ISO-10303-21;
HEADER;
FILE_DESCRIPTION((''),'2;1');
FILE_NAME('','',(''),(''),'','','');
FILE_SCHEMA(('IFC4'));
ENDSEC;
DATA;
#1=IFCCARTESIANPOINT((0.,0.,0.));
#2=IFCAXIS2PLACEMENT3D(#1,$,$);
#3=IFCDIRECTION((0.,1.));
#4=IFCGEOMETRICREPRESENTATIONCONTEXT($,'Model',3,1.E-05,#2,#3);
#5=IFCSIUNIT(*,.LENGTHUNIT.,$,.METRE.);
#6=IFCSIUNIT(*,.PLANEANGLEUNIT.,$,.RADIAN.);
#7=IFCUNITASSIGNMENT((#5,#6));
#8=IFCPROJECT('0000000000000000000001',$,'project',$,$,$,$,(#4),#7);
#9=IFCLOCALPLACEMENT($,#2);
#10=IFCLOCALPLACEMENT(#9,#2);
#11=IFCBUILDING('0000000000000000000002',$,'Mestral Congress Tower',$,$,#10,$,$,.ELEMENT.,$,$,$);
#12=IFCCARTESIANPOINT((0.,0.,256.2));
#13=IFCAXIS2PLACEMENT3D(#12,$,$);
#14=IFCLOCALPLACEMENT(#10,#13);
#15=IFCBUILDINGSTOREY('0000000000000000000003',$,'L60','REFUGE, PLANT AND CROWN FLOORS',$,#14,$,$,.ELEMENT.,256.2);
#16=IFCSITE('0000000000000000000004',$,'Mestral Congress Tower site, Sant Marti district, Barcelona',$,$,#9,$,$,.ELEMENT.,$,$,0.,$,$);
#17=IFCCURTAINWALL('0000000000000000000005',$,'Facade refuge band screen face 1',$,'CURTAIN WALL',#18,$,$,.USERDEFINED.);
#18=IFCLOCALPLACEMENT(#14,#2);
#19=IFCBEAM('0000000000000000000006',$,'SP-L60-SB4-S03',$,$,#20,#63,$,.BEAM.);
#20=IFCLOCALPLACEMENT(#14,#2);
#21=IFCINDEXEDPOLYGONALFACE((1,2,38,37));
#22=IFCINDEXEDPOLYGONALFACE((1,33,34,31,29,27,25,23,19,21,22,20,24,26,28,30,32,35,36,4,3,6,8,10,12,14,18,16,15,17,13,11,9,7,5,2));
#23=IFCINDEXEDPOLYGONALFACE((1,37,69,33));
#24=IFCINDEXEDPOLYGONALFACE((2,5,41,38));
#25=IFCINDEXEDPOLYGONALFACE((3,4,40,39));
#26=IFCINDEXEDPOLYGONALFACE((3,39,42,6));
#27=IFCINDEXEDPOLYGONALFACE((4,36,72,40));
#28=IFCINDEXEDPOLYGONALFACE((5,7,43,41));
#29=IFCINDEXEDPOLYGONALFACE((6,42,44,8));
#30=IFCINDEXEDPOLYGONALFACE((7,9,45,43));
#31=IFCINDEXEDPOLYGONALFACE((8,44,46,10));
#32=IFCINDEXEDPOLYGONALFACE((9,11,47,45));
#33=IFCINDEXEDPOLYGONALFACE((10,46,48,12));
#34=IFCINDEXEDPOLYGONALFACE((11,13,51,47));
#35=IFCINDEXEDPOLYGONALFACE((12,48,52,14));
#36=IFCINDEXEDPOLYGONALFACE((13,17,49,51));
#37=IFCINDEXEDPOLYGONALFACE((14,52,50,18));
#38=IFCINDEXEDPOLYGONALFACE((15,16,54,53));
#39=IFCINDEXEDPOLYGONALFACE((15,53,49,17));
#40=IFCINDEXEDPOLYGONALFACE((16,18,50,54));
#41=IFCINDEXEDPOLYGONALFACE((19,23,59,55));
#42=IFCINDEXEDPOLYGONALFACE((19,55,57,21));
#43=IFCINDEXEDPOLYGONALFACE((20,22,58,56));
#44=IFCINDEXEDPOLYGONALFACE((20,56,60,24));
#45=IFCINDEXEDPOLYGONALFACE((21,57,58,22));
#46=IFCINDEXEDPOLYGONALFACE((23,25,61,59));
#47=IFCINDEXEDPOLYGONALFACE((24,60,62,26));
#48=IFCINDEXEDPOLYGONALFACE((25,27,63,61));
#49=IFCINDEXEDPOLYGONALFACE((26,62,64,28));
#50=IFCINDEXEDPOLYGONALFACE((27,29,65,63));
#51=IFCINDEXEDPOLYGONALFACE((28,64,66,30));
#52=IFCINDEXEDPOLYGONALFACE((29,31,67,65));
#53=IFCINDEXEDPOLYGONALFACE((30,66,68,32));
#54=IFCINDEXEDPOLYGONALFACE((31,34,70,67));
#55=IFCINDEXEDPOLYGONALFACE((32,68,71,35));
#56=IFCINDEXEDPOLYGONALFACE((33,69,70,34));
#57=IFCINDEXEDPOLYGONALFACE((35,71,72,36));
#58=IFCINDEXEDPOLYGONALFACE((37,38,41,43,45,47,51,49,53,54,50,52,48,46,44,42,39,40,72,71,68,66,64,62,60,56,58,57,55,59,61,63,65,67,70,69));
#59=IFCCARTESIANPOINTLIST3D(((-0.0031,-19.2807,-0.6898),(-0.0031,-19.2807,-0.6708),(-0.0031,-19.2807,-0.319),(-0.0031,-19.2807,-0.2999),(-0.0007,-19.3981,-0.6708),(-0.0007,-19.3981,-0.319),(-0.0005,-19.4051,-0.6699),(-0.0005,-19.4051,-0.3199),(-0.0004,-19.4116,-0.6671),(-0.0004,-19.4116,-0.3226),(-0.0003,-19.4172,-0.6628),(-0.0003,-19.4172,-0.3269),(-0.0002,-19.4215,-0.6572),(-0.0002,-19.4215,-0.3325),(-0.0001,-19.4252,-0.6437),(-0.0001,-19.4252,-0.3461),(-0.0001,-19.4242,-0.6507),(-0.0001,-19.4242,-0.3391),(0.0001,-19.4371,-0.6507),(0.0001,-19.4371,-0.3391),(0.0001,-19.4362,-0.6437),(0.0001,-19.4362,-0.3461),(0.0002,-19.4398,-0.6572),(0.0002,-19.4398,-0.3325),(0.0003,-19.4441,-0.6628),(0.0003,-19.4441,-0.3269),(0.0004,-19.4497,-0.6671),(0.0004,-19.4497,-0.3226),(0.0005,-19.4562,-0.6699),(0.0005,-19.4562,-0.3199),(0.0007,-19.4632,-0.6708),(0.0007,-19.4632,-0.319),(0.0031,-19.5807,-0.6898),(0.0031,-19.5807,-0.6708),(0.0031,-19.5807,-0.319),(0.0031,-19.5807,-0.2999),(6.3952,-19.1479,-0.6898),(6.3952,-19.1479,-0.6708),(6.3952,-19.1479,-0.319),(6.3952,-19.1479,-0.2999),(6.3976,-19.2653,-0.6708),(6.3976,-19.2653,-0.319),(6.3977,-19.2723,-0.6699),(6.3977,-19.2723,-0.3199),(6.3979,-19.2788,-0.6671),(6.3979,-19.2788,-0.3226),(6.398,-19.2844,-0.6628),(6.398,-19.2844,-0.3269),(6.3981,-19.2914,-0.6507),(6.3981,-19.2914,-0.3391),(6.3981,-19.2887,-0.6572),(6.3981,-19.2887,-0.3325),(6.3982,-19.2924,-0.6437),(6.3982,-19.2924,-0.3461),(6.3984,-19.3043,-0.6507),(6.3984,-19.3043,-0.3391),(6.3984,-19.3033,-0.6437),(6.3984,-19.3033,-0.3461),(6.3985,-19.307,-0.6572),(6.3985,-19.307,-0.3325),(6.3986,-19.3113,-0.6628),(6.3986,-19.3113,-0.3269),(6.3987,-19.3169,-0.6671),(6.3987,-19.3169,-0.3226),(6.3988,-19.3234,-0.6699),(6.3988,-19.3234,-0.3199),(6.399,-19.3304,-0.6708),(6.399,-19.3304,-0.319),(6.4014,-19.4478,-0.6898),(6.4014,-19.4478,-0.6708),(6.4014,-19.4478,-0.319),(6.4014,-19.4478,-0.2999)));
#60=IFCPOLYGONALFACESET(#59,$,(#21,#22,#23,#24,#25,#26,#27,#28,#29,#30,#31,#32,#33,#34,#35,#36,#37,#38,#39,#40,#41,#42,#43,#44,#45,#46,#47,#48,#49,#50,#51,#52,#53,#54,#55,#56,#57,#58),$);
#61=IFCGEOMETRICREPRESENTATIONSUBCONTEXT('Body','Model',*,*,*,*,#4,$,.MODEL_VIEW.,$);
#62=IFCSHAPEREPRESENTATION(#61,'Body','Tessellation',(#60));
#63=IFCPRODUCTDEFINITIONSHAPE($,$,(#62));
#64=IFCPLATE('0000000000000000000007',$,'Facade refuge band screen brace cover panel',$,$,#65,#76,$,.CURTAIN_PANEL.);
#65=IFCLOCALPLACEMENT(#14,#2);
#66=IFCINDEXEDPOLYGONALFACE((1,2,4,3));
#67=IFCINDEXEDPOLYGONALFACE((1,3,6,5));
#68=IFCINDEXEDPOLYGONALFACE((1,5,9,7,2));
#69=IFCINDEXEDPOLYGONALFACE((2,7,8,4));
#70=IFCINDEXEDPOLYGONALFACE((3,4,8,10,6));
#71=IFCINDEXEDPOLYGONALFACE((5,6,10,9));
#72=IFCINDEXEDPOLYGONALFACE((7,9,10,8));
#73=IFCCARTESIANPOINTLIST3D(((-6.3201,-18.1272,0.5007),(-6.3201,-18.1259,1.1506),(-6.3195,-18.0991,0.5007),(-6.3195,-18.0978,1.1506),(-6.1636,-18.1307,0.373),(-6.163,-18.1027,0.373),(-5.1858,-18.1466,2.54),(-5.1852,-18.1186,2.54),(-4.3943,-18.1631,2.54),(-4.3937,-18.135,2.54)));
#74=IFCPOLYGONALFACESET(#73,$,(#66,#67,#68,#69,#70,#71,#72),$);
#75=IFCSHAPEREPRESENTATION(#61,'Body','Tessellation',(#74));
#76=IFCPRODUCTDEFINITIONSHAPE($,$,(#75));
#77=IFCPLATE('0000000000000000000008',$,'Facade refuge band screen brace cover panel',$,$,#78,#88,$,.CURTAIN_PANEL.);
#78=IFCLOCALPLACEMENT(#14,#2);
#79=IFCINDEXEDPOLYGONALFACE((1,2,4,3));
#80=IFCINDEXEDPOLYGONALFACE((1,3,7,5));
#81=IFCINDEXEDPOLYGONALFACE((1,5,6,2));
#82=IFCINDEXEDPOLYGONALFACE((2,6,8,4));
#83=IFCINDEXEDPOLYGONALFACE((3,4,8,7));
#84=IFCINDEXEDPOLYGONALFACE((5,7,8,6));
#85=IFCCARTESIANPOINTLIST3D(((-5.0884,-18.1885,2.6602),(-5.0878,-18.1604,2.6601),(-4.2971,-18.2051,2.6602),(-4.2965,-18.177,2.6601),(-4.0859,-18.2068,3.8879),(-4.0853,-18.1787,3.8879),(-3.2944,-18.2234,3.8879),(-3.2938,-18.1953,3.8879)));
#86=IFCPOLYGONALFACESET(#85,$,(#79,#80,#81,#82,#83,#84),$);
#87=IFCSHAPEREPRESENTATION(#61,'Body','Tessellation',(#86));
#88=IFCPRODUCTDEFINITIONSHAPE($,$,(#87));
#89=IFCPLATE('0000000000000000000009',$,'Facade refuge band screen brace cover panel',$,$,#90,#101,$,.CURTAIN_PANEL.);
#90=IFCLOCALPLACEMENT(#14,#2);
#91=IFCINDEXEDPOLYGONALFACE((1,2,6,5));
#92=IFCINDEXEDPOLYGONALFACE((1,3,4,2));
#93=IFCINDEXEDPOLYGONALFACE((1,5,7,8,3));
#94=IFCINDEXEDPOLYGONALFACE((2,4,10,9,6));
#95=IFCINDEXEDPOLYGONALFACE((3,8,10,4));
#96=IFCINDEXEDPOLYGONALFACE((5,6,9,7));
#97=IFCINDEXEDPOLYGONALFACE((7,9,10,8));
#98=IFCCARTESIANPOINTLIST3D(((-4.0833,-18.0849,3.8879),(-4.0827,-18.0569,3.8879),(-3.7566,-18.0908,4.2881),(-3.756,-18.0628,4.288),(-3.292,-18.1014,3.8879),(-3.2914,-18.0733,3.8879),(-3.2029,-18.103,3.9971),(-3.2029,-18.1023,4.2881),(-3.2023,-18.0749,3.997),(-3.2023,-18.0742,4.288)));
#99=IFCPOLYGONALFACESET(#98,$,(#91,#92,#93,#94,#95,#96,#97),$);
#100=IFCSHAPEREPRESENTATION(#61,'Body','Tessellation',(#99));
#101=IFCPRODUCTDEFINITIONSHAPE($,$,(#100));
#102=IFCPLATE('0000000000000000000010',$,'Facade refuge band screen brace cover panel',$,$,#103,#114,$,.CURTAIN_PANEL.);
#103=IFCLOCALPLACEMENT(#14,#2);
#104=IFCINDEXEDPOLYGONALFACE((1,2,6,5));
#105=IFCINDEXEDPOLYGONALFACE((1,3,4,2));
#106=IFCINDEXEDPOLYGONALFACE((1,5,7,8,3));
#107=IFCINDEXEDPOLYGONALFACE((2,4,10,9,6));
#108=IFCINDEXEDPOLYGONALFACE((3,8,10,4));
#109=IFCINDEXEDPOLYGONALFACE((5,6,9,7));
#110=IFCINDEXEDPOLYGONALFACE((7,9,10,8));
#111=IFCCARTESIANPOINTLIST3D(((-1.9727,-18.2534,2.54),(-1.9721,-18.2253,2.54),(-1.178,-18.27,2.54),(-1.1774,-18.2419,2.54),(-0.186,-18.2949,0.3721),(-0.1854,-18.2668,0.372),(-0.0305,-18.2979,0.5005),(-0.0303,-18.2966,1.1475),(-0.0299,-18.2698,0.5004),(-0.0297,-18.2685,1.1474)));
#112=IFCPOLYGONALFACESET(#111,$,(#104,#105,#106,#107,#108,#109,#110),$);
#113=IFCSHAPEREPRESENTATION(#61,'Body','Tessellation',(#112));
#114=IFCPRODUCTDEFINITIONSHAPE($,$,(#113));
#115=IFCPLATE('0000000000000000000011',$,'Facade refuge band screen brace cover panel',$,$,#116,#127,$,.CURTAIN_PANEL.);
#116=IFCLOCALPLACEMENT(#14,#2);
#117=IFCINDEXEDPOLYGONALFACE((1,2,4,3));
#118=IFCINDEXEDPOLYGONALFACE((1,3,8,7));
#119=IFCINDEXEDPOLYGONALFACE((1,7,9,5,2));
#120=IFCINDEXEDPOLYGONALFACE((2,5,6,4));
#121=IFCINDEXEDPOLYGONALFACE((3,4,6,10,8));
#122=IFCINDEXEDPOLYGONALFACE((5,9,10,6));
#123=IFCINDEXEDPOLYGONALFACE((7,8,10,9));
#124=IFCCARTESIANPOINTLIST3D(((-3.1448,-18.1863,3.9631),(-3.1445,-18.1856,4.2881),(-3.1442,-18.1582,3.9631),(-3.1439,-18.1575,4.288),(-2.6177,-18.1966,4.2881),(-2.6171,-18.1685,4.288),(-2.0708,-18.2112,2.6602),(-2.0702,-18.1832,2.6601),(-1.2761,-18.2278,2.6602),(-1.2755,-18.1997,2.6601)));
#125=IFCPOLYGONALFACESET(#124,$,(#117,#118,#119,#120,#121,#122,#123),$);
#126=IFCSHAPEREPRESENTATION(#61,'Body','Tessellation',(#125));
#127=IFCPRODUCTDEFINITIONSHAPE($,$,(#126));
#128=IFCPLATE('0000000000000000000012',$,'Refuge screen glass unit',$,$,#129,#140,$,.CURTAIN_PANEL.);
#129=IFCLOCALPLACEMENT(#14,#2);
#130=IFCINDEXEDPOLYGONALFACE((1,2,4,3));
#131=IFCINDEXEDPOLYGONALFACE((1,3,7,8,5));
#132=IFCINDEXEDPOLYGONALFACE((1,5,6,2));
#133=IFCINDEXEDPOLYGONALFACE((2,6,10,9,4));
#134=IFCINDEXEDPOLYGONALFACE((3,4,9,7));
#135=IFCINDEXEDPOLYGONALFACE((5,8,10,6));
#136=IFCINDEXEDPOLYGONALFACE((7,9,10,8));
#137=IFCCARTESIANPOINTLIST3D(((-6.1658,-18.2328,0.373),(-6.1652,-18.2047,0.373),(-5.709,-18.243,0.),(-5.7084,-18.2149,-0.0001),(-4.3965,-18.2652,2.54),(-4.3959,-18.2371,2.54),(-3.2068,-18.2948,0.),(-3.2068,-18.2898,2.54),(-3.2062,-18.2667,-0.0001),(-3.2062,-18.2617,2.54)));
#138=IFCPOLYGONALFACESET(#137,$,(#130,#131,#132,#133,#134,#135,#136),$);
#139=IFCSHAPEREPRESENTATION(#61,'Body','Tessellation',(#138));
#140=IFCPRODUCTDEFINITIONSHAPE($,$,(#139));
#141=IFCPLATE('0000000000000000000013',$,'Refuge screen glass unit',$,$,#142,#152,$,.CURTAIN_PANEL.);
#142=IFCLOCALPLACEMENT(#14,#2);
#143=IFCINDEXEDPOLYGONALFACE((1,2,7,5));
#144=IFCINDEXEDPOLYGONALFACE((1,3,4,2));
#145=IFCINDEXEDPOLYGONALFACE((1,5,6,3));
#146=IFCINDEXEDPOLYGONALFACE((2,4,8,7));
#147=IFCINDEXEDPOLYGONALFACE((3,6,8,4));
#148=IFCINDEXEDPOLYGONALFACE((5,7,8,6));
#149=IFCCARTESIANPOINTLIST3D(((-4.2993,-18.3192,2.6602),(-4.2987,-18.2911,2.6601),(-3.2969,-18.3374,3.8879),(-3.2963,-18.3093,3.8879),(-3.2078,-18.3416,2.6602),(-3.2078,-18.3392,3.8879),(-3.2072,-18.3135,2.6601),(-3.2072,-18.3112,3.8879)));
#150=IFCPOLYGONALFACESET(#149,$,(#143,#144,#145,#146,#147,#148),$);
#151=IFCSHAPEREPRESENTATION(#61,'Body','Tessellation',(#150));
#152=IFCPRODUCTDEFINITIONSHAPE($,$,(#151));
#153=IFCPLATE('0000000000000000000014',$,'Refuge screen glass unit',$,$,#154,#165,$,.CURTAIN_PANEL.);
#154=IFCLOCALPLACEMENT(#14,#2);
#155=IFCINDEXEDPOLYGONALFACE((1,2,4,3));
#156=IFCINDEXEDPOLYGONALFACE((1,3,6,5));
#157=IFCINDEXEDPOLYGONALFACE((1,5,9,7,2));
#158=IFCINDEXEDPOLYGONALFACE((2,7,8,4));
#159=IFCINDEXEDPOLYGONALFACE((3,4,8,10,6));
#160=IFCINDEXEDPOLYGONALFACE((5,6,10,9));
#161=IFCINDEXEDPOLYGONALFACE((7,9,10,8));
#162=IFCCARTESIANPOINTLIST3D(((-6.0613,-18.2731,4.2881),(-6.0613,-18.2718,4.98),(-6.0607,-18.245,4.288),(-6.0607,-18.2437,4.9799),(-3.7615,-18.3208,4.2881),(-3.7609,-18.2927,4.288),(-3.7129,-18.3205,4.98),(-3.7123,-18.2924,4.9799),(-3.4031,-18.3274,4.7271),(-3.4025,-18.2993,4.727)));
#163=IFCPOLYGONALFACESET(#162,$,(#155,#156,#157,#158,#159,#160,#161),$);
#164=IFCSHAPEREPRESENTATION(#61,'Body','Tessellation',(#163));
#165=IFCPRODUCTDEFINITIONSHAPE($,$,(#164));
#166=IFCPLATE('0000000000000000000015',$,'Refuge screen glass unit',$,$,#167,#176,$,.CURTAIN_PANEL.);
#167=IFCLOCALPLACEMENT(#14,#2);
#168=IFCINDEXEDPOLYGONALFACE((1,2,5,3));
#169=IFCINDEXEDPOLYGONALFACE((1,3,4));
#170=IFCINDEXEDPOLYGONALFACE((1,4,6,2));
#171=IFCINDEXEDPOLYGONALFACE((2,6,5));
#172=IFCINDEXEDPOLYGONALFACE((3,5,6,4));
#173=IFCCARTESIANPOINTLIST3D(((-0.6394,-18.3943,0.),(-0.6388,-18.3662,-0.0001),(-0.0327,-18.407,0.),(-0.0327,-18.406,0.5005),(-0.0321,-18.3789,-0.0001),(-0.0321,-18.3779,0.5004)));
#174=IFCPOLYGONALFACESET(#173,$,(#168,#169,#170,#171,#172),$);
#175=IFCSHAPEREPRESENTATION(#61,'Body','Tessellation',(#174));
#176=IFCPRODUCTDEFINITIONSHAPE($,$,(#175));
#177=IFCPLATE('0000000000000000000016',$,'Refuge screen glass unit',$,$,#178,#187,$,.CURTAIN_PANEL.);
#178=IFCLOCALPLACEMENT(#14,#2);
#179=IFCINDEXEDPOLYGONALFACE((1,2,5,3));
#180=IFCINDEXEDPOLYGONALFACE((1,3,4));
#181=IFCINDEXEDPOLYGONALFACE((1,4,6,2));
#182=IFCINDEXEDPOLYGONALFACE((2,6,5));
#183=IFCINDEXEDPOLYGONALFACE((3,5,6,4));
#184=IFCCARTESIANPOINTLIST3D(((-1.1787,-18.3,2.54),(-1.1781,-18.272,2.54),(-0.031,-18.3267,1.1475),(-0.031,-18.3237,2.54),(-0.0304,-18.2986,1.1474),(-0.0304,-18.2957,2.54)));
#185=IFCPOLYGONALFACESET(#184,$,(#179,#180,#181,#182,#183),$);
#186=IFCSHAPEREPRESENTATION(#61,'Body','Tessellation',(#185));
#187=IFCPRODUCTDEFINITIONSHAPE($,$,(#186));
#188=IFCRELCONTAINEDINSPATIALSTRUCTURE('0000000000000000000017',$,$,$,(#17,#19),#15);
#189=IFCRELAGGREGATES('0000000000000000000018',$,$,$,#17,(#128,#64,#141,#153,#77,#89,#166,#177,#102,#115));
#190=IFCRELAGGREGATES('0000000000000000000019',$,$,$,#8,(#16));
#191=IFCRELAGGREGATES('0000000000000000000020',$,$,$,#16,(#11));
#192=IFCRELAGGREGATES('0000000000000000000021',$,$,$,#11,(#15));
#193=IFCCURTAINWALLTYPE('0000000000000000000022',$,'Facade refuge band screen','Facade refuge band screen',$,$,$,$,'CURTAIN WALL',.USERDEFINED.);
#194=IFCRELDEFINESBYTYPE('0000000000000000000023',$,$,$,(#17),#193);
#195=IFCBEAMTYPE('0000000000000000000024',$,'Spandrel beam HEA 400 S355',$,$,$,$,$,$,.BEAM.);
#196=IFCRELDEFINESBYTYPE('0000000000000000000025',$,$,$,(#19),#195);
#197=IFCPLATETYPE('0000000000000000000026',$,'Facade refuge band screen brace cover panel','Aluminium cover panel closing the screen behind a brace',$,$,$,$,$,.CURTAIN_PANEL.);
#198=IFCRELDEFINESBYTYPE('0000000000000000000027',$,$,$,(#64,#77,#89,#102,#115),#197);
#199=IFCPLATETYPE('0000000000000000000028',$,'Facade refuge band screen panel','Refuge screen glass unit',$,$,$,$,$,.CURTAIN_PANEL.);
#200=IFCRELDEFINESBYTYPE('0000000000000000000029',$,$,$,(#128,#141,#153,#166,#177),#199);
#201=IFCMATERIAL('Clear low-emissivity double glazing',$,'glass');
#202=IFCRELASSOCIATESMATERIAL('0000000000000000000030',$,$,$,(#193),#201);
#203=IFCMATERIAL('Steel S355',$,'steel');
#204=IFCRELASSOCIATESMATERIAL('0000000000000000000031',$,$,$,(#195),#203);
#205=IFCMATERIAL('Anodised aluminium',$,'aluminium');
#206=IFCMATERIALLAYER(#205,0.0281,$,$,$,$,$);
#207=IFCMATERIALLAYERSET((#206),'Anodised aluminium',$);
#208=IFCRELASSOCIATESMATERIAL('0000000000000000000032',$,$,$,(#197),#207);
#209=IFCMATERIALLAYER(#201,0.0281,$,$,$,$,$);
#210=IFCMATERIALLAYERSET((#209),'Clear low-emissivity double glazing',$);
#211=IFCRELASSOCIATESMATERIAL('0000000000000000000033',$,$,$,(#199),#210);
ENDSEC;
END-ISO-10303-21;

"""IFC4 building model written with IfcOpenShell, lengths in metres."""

from ifc_helpers import new_model, si_unit, direction, frame, origin, origin_2d, place, context, subcontext, project, spatial, polyline, i_section, outline, extrude, material, layer, layer_set, material_profile, profile_set, type_object, element, aggregate, save


model = new_model("IFC4")

# Units and contexts
model_context = context("Model", 3, precision=1e-05, world=origin(), true_north=direction((0.0, 1.0)))
body_context = subcontext(model_context, "Body", "Model", "MODEL_VIEW")
ifc_project = project(units=[si_unit("LENGTHUNIT", "METRE"), si_unit("PLANEANGLEUNIT", "RADIAN")], contexts=[model_context])

# Site, building, storey
site_placement = place(None, origin())
site = spatial("IfcSite", under=ifc_project, at=site_placement, Name="Mestral Congress Tower site, Sant Marti district, Barcelona", CompositionType="ELEMENT", RefElevation=0.0)
building_placement = place(site_placement, origin())
building = spatial("IfcBuilding", under=site, at=building_placement, Name="Mestral Congress Tower", CompositionType="ELEMENT")
storey_placement = place(building_placement, frame((0.0, 0.0, 256.2)))
storey = spatial("IfcBuildingStorey", under=building, at=storey_placement, Name="L60", Description="REFUGE, PLANT AND CROWN FLOORS", CompositionType="ELEMENT", Elevation=256.2)

# Shared definitions
ifc_material_1 = material(Name="Steel S355", Category="steel")

# Curtain wall
ifc_material_2 = material(Name="Clear low-emissivity double glazing", Category="glass")
curtain_wall_type = type_object("IfcCurtainWallType", Name="Facade refuge band screen", Description="Facade refuge band screen", ElementType="CURTAIN WALL", PredefinedType="USERDEFINED", material=ifc_material_2)
curtain_wall_placement = place(storey_placement, origin())
curtain_wall = element("IfcCurtainWall", 1, at=curtain_wall_placement, inside=storey, type_object=curtain_wall_type, Name="Facade refuge band screen face 1", ObjectType="CURTAIN WALL", PredefinedType="USERDEFINED")
ifc_material_3 = material(Name="Anodised aluminium", Category="aluminium")

# Beam
ifc_material_profile_1 = material_profile(ifc_material_1, i_section(OverallWidth=0.3, OverallDepth=0.3899, WebThickness=0.011, FlangeThickness=0.019, FilletRadius=0.0271, at=origin_2d()), Name="HEA 400")
ifc_profile_set_1 = profile_set([ifc_material_profile_1], Name="Steel S355")
beam_type_1 = type_object("IfcBeamType", Name="Spandrel beam HEA 400 S355", PredefinedType="BEAM", material=ifc_profile_set_1)
beam_1_placement = place(storey_placement, frame((0.0, -19.4307, -0.4949), z_axis=(0.999785, 0.020753, 0.0), x_axis=(-0.020753, 0.999785, 0.0)))
element("IfcBeam", 2, at=beam_1_placement, inside=storey, type_object=beam_type_1, Name="SP-L60-SB4-S03", PredefinedType="BEAM", context=body_context, shape_type="SweptSolid", body=[
    extrude(i_section(OverallWidth=0.3, OverallDepth=0.3899, WebThickness=0.011, FlangeThickness=0.019, FilletRadius=0.0271, at=origin_2d()), origin(), (0.0, 0.0, 1.0), 6.3997),
])

# Plates
ifc_layer_1 = layer(ifc_material_3, 0.0281)
ifc_layer_set_1 = layer_set([ifc_layer_1], Name="Anodised aluminium")
plate_type_1 = type_object("IfcPlateType", Name="Facade refuge band screen brace cover panel", Description="Aluminium cover panel closing the screen behind a brace", PredefinedType="CURTAIN_PANEL", material=ifc_layer_set_1)
plate_1_placement = place(storey_placement, frame((-4.3943, -18.1631, 2.54), z_axis=(-0.020772, -0.999782, 0.002028), x_axis=(-0.632401, 0.011568, -0.774555)))
plate_1 = element("IfcPlate", 3, at=plate_1_placement, type_object=plate_type_1, Name="Facade refuge band screen brace cover panel", PredefinedType="CURTAIN_PANEL", context=body_context, shape_type="SweptSolid", body=[
    extrude(outline(polyline([(0.0, 0.0), (2.7977, 0.0), (2.7978, -0.202), (2.2945, -0.6131), (0.5007, -0.6132), (0.0, 0.0)])), origin(), (0.0, 0.0, -1.0), 0.0281),
])
plate_2_placement = place(storey_placement, frame((-5.0884, -18.1885, 2.6602), z_axis=(-0.020973, -0.999778, 0.002216), x_axis=(0.632398, -0.01155, 0.774557)))
plate_2 = element("IfcPlate", 4, at=plate_2_placement, type_object=plate_type_1, Name="Facade refuge band screen brace cover panel", PredefinedType="CURTAIN_PANEL", context=body_context, shape_type="SweptSolid", body=[
    extrude(outline(polyline([(0.0, 0.0), (1.5851, 0.0), (2.0859, -0.6132), (0.5006, -0.613), (0.0, 0.0)])), origin(), (0.0, 0.0, -1.0), 0.0281),
])
plate_3_placement = place(storey_placement, frame((-3.7566, -18.0908, 4.2881), z_axis=(-0.020761, -0.999782, 0.002223), x_axis=(0.999784, -0.020761, 0.0)))
plate_3 = element("IfcPlate", 5, at=plate_3_placement, type_object=plate_type_1, Name="Facade refuge band screen brace cover panel", PredefinedType="CURTAIN_PANEL", context=body_context, shape_type="SweptSolid", body=[
    extrude(outline(polyline([(0.0, 0.0), (0.5538, 0.0), (0.5538, -0.291), (0.4647, -0.4001), (-0.3267, -0.4001), (0.0, 0.0)])), origin(), (0.0, 0.0, -1.0), 0.0281),
])
plate_4_placement = place(storey_placement, frame((-0.0305, -18.2979, 0.5005), z_axis=(-0.020833, -0.999781, 0.001943), x_axis=(-0.771003, 0.014828, -0.636658)))
plate_4 = element("IfcPlate", 6, at=plate_4_placement, type_object=plate_type_1, Name="Facade refuge band screen brace cover panel", PredefinedType="CURTAIN_PANEL", context=body_context, shape_type="SweptSolid", body=[
    extrude(outline(polyline([(0.0, 0.0), (0.2017, 0.0), (0.1996, -2.8096), (-0.4134, -2.3035), (-0.4121, -0.4988), (0.0, 0.0)])), origin(), (0.0, 0.0, -1.0), 0.0281),
])
plate_5_placement = place(storey_placement, frame((-1.2761, -18.2278, 2.6602), z_axis=(-0.020809, -0.999781, 0.002025), x_axis=(-0.999783, 0.020809, 0.0)))
plate_5 = element("IfcPlate", 7, at=plate_5_placement, type_object=plate_type_1, Name="Facade refuge band screen brace cover panel", PredefinedType="CURTAIN_PANEL", context=body_context, shape_type="SweptSolid", body=[
    extrude(outline(polyline([(0.0, 0.0), (0.7949, 0.0), (1.8691, -1.303), (1.8689, -1.6279), (1.3419, -1.6279), (0.0, 0.0)])), origin(), (0.0, 0.0, -1.0), 0.0281),
])
ifc_layer_2 = layer(ifc_material_2, 0.0281)
ifc_layer_set_2 = layer_set([ifc_layer_2], Name="Clear low-emissivity double glazing")
plate_type_2 = type_object("IfcPlateType", Name="Facade refuge band screen panel", Description="Refuge screen glass unit", PredefinedType="CURTAIN_PANEL", material=ifc_layer_set_2)
plate_6_placement = place(storey_placement, frame((-3.2068, -18.2898, 2.54), z_axis=(-0.02071, -0.999784, 0.001972), x_axis=(0.000001, -0.001972, -0.999998)))
plate_6 = element("IfcPlate", 8, at=plate_6_placement, type_object=plate_type_2, Name="Refuge screen glass unit", PredefinedType="CURTAIN_PANEL", context=body_context, shape_type="SweptSolid", body=[
    extrude(outline(polyline([(0.0, 0.0), (2.54, 0.0), (2.5399, -2.5027), (2.1669, -2.9596), (0.0, -1.19), (0.0, 0.0)])), origin(), (0.0, 0.0, -1.0), 0.0281),
])
plate_7_placement = place(storey_placement, frame((-3.2969, -18.3374, 3.8879), z_axis=(-0.020467, -0.999789, 0.001894), x_axis=(0.999791, -0.020467, 0.000002)))
plate_7 = element("IfcPlate", 9, at=plate_7_placement, type_object=plate_type_2, Name="Refuge screen glass unit", PredefinedType="CURTAIN_PANEL", context=body_context, shape_type="SweptSolid", body=[
    extrude(outline(polyline([(0.0, 0.0), (0.0891, 0.0), (0.0892, -1.2278), (-1.0026, -1.2278), (0.0, 0.0)])), origin(), (0.0, 0.0, -1.0), 0.0281),
])
plate_8_placement = place(storey_placement, frame((-3.7615, -18.3208, 4.2881), z_axis=(-0.020732, -0.999783, 0.001952), x_axis=(-0.999785, 0.020732, 0.0)))
plate_8 = element("IfcPlate", 10, at=plate_8_placement, type_object=plate_type_2, Name="Refuge screen glass unit", PredefinedType="CURTAIN_PANEL", context=body_context, shape_type="SweptSolid", body=[
    extrude(outline(polyline([(0.0, 0.0), (2.3003, 0.0), (2.3003, -0.6919), (-0.0486, -0.6919), (-0.3585, -0.439), (0.0, 0.0)])), origin(), (0.0, 0.0, -1.0), 0.0281),
])
plate_9_placement = place(storey_placement, frame((-0.0327, -18.407, 0.0), z_axis=(-0.020921, -0.999779, 0.001951), x_axis=(-0.999781, 0.020921, 0.0)))
plate_9 = element("IfcPlate", 11, at=plate_9_placement, type_object=plate_type_2, Name="Refuge screen glass unit", PredefinedType="CURTAIN_PANEL", context=body_context, shape_type="SweptSolid", body=[
    extrude(outline(polyline([(0.0, 0.0), (0.6068, 0.0), (0.0, -0.5005), (0.0, 0.0)])), origin(), (0.0, 0.0, -1.0), 0.0281),
])
plate_10_placement = place(storey_placement, frame((-0.031, -18.3237, 2.54), z_axis=(-0.020629, -0.999785, 0.002103), x_axis=(0.0, -0.002104, -0.999998)))
plate_10 = element("IfcPlate", 12, at=plate_10_placement, type_object=plate_type_2, Name="Refuge screen glass unit", PredefinedType="CURTAIN_PANEL", context=body_context, shape_type="SweptSolid", body=[
    extrude(outline(polyline([(0.0, 0.0), (1.3926, 0.0), (0.0, -1.1479), (0.0, 0.0)])), origin(), (0.0, 0.0, -1.0), 0.0281),
])

aggregate(curtain_wall, [plate_6, plate_1, plate_7, plate_8, plate_2, plate_3, plate_9, plate_10, plate_4, plate_5])

save(model, "model.ifc")
